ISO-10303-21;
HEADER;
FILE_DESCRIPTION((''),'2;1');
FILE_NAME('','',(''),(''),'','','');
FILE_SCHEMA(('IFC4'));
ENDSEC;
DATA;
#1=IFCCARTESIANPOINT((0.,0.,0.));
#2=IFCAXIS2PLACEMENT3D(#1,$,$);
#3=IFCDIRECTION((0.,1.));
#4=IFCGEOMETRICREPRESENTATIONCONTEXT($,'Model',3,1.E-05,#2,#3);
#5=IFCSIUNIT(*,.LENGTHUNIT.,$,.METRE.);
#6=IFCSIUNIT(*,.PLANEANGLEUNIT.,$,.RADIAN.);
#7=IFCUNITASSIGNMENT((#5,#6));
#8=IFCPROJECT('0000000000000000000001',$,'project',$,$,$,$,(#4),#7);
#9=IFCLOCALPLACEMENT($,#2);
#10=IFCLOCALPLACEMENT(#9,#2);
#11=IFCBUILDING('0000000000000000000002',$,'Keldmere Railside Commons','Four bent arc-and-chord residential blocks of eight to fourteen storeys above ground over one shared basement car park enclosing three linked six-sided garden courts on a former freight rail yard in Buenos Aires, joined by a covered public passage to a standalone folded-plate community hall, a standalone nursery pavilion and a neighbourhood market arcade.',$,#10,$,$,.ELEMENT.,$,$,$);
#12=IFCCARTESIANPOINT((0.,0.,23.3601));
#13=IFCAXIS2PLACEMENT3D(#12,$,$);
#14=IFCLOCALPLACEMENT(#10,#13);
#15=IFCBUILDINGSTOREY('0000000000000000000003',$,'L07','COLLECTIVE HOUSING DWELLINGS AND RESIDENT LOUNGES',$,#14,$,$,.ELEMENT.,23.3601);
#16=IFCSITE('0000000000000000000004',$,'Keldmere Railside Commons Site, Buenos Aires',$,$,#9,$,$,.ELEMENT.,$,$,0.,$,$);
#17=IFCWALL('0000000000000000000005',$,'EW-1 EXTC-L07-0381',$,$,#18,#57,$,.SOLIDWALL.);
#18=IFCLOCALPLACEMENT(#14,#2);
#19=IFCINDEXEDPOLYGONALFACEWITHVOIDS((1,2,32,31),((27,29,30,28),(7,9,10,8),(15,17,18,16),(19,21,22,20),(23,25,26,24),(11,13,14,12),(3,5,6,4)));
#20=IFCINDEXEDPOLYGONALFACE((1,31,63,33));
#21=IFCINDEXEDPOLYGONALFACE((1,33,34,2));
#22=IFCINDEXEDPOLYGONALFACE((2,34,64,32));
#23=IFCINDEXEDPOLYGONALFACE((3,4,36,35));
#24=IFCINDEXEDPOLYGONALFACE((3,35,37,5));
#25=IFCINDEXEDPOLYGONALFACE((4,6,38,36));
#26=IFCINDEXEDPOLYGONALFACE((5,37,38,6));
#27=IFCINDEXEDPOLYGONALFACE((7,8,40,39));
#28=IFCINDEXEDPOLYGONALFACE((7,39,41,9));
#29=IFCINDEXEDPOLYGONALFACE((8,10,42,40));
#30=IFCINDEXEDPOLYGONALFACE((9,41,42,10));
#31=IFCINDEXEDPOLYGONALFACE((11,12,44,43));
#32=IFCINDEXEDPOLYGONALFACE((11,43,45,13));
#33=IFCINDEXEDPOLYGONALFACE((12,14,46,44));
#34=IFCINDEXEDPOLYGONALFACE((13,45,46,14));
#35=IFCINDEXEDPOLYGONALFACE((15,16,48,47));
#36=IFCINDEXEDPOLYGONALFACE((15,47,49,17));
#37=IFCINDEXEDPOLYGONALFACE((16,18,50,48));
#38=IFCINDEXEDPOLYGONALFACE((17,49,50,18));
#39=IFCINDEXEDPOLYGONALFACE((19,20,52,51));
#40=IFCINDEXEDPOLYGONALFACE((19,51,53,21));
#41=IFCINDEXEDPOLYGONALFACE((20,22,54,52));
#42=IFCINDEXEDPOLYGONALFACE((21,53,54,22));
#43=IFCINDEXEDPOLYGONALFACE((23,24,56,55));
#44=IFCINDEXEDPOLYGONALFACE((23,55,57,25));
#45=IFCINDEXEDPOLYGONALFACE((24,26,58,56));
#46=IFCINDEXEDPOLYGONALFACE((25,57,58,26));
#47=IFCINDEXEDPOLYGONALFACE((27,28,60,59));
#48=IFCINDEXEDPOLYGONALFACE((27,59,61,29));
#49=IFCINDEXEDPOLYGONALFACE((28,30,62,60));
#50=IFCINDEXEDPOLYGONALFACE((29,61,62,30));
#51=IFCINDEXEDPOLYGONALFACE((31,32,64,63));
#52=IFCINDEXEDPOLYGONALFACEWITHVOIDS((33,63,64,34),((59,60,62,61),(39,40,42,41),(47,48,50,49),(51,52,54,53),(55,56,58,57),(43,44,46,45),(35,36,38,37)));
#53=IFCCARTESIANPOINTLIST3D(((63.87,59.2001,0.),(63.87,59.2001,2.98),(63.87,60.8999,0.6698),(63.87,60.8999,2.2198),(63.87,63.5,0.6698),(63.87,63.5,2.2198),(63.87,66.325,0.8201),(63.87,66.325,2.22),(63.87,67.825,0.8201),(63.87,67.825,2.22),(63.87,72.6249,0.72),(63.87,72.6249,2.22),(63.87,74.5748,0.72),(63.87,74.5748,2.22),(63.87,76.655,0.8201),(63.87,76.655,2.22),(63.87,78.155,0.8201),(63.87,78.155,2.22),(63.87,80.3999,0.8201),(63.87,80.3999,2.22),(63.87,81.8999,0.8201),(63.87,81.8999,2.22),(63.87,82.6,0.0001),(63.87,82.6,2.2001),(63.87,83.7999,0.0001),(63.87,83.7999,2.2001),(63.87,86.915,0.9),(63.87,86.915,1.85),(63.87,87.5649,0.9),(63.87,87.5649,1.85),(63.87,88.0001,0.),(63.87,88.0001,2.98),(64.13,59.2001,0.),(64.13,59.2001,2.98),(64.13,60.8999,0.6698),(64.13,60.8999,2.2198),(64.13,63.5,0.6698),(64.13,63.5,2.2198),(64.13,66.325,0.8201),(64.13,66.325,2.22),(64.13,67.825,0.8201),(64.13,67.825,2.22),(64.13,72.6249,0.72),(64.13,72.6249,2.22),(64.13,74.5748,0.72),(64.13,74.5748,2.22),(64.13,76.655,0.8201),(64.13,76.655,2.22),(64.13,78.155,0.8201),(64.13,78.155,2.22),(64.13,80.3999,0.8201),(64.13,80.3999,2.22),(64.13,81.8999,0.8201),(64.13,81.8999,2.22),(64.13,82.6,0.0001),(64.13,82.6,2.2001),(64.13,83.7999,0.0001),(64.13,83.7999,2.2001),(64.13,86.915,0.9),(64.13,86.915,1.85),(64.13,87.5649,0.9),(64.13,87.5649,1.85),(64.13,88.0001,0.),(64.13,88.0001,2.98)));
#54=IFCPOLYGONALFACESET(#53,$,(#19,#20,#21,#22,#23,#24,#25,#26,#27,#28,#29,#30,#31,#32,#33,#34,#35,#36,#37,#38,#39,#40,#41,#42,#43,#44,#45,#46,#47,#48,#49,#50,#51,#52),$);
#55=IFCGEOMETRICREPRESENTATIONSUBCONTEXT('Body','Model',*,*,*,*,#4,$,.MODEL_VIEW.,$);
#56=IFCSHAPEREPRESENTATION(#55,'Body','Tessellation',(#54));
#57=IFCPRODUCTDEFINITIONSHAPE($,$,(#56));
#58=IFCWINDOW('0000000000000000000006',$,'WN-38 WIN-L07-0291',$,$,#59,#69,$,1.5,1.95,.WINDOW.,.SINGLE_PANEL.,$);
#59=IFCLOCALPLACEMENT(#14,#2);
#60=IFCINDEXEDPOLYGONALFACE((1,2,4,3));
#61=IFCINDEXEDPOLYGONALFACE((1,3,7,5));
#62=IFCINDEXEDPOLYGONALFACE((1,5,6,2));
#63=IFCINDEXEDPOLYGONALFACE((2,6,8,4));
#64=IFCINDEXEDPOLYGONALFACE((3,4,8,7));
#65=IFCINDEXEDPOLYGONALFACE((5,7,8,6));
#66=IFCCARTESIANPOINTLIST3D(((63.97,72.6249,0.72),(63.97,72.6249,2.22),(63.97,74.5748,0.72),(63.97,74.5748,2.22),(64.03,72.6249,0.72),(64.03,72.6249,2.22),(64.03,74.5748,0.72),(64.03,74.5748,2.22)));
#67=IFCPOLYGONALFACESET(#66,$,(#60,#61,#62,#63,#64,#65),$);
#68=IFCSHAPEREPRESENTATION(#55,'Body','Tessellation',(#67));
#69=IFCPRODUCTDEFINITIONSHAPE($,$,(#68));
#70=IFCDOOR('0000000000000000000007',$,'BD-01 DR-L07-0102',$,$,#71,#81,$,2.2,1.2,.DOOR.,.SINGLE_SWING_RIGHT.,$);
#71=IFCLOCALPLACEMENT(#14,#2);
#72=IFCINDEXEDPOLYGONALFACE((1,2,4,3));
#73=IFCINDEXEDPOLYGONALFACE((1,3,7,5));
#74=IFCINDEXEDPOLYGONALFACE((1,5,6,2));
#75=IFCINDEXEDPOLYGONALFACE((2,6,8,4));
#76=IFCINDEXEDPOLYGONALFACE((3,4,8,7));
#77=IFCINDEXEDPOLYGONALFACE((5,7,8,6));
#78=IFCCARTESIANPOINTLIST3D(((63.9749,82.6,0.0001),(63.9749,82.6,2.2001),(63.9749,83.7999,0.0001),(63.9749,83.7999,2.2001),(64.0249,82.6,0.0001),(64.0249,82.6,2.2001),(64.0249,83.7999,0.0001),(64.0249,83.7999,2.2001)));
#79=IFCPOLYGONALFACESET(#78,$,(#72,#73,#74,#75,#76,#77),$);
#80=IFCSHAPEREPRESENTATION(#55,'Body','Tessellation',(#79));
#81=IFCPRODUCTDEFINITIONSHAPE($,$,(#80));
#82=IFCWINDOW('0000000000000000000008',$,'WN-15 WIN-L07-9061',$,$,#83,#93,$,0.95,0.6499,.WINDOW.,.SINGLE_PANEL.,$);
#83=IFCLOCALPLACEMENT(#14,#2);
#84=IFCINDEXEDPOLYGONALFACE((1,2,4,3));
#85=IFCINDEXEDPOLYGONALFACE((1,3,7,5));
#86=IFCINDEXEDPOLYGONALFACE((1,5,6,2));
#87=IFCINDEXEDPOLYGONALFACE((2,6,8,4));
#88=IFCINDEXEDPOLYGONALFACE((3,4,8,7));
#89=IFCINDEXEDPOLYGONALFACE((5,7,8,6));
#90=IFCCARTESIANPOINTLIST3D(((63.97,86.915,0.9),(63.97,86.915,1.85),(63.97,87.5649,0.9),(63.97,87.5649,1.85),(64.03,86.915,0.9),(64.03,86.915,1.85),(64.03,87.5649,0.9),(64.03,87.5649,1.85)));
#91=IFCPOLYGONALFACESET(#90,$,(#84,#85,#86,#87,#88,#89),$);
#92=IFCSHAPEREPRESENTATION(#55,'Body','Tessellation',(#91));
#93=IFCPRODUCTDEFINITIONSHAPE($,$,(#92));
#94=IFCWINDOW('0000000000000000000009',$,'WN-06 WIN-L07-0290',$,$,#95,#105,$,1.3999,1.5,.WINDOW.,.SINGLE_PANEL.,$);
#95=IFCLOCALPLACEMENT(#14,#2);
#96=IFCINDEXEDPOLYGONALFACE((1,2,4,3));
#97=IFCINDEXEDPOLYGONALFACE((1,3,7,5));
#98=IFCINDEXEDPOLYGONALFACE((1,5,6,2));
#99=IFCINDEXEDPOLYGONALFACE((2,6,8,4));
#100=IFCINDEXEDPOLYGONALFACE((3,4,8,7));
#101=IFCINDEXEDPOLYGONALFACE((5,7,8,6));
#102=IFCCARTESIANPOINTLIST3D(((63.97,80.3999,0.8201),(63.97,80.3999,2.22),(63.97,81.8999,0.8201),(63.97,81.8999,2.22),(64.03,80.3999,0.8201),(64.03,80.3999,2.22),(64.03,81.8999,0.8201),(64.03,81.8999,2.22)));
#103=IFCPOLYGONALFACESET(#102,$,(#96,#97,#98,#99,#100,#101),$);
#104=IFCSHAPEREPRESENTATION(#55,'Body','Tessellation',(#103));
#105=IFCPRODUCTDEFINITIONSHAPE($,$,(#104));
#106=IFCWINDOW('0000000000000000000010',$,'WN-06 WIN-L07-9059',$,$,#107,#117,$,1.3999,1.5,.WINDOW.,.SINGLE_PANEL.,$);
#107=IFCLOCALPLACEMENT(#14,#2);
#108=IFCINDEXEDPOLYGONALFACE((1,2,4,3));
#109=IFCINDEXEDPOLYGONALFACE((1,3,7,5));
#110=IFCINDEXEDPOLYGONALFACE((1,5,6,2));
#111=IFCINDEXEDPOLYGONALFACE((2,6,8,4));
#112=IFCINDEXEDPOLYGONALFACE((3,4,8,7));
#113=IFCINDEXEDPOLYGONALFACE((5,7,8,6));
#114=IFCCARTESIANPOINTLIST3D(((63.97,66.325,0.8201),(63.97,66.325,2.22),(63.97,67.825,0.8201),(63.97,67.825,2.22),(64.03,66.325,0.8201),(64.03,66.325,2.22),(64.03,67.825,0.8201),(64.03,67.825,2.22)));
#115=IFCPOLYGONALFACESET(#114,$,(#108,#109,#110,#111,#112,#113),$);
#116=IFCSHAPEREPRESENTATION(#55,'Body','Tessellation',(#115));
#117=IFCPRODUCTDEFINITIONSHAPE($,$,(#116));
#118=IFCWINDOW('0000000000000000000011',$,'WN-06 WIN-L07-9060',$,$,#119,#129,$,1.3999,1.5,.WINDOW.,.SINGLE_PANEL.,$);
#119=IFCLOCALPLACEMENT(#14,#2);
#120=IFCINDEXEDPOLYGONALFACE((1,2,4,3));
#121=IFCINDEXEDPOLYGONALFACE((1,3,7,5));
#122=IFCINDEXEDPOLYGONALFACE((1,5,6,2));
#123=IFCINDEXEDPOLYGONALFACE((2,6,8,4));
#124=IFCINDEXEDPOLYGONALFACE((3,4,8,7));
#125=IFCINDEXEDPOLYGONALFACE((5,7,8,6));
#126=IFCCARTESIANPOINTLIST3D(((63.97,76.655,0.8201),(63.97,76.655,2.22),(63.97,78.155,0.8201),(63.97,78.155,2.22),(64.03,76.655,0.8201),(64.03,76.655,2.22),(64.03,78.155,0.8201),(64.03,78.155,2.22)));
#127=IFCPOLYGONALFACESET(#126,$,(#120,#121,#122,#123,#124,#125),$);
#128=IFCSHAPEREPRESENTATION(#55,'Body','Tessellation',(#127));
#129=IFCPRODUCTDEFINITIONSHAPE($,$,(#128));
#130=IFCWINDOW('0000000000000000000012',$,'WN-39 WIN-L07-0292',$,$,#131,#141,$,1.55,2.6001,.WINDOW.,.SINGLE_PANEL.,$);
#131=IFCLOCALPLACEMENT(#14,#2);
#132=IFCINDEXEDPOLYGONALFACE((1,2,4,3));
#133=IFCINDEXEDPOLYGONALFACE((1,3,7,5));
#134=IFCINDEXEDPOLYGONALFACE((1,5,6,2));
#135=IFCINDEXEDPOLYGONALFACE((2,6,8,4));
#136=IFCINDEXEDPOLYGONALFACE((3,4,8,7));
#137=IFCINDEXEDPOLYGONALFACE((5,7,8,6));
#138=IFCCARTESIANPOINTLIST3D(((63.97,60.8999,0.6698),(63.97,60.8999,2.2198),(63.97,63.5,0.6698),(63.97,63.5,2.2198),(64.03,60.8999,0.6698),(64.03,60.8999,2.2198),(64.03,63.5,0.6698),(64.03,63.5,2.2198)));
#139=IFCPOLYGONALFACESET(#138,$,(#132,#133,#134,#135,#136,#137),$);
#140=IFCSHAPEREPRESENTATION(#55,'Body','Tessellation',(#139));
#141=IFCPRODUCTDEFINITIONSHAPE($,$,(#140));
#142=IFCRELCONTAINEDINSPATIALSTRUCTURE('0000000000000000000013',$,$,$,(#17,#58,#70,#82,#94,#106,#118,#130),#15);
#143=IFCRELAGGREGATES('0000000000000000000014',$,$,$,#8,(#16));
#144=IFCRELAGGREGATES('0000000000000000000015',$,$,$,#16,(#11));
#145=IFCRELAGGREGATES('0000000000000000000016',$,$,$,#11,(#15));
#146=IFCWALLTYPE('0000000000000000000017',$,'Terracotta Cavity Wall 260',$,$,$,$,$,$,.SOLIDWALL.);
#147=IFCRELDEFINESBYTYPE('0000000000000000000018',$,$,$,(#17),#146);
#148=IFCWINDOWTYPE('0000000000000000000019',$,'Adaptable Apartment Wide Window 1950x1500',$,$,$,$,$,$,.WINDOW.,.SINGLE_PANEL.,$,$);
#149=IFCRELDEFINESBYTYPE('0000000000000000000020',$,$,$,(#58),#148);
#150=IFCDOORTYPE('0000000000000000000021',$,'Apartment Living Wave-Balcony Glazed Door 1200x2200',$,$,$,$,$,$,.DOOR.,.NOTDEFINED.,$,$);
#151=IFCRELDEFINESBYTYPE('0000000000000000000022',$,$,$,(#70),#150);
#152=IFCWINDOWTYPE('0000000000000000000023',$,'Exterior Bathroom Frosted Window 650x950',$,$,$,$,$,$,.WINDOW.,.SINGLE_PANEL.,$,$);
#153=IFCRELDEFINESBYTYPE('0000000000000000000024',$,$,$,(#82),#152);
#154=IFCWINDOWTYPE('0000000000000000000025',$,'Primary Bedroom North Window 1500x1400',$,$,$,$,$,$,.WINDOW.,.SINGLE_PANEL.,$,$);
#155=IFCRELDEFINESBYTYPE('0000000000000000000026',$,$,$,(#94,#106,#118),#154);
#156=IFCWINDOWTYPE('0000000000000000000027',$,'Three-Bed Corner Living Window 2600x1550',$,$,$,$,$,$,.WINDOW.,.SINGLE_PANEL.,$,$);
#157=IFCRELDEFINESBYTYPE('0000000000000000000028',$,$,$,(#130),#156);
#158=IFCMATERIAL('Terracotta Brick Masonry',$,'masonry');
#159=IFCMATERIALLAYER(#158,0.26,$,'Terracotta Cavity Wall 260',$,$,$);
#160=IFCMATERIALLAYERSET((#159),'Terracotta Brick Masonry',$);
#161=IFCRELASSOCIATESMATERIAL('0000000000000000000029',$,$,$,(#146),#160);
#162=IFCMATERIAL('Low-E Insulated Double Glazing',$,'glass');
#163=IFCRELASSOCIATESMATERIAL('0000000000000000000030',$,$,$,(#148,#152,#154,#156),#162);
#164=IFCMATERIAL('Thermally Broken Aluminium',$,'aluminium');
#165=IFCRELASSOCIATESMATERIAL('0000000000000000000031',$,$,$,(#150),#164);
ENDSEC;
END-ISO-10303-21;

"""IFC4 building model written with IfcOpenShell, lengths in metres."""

from ifc_helpers import new_model, si_unit, direction, frame, frame_2d, origin, place, context, subcontext, project, spatial, rectangle, extrude, material, layer, layer_set, type_object, element, fill, save


model = new_model("IFC4")

# Units and contexts
model_context = context("Model", 3, precision=1e-05, world=origin(), true_north=direction((0.0, 1.0)))
body_context = subcontext(model_context, "Body", "Model", "MODEL_VIEW")
ifc_project = project(units=[si_unit("LENGTHUNIT", "METRE"), si_unit("PLANEANGLEUNIT", "RADIAN")], contexts=[model_context])

# Site, building, storey
site_placement = place(None, origin())
site = spatial("IfcSite", under=ifc_project, at=site_placement, Name="Keldmere Railside Commons Site, Buenos Aires", CompositionType="ELEMENT", RefElevation=0.0)
building_placement = place(site_placement, origin())
building = spatial("IfcBuilding", under=site, at=building_placement, Name="Keldmere Railside Commons", Description="Four bent arc-and-chord residential blocks of eight to fourteen storeys above ground over one shared basement car park enclosing three linked six-sided garden courts on a former freight rail yard in Buenos Aires, joined by a covered public passage to a standalone folded-plate community hall, a standalone nursery pavilion and a neighbourhood market arcade.", CompositionType="ELEMENT")
storey_placement = place(building_placement, frame((0.0, 0.0, 23.3601)))
storey = spatial("IfcBuildingStorey", under=building, at=storey_placement, Name="L07", Description="COLLECTIVE HOUSING DWELLINGS AND RESIDENT LOUNGES", CompositionType="ELEMENT", Elevation=23.3601)

# Shared definitions
ifc_material_1 = material(Name="Thermally Broken Aluminium", Category="aluminium")

# Wall, openings, windows, door
ifc_material_2 = material(Name="Terracotta Brick Masonry", Category="masonry")
ifc_layer_1 = layer(ifc_material_2, 0.26, Name="Terracotta Cavity Wall 260")
ifc_layer_set_1 = layer_set([ifc_layer_1], Name="Terracotta Brick Masonry")
wall_type = type_object("IfcWallType", Name="Terracotta Cavity Wall 260", PredefinedType="SOLIDWALL", material=ifc_layer_set_1)
wall_placement = place(storey_placement, frame((64.0, 88.0, 0.0), z_axis=(0.0, 0.0, 1.0), x_axis=(0.0, -1.0, 0.0)))
wall = element("IfcWall", 1, at=wall_placement, inside=storey, type_object=wall_type, Name="EW-1 EXTC-L07-0381", PredefinedType="SOLIDWALL", context=body_context, shape_type="SweptSolid", body=[
    extrude(rectangle(XDim=28.8, YDim=0.26, at=frame_2d((14.3999, 0.0))), origin(), (0.0, 0.0, 1.0), 2.98),
])
opening_1_placement = place(wall_placement, frame((4.2, 0.0, 0.0)))
opening_1 = element("IfcOpeningElement", 2, at=opening_1_placement, cuts=wall, PredefinedType="OPENING", context=body_context, shape_type="SweptSolid", body=[
    extrude(rectangle(XDim=1.2, YDim=2.2, at=frame_2d((0.6001, 1.1001))), frame((0.0, 0.1399, 0.0), z_axis=(0.0, -1.0, 0.0), x_axis=(1.0, 0.0, 0.0)), (0.0, 0.0, 1.0), 0.28),
])
opening_2_placement = place(wall_placement, frame((6.1001, 0.0, 0.8201)))
opening_2 = element("IfcOpeningElement", 3, at=opening_2_placement, cuts=wall, PredefinedType="OPENING", context=body_context, shape_type="SweptSolid", body=[
    extrude(rectangle(XDim=1.5, YDim=1.3999, at=frame_2d((0.75, 0.7))), frame((0.0, 0.1399, 0.0), z_axis=(0.0, -1.0, 0.0), x_axis=(1.0, 0.0, 0.0)), (0.0, 0.0, 1.0), 0.28),
])
opening_3_placement = place(wall_placement, frame((13.425, 0.0, 0.72)))
opening_3 = element("IfcOpeningElement", 4, at=opening_3_placement, cuts=wall, PredefinedType="OPENING", context=body_context, shape_type="SweptSolid", body=[
    extrude(rectangle(XDim=1.95, YDim=1.5, at=frame_2d((0.9751, 0.75))), frame((0.0, 0.1399, 0.0), z_axis=(0.0, -1.0, 0.0), x_axis=(1.0, 0.0, 0.0)), (0.0, 0.0, 1.0), 0.28),
])
opening_4_placement = place(wall_placement, frame((24.5, 0.0, 0.6699)))
opening_4 = element("IfcOpeningElement", 5, at=opening_4_placement, cuts=wall, PredefinedType="OPENING", context=body_context, shape_type="SweptSolid", body=[
    extrude(rectangle(XDim=2.6001, YDim=1.55, at=frame_2d((1.3, 0.7749))), frame((0.0, 0.1399, 0.0), z_axis=(0.0, -1.0, 0.0), x_axis=(1.0, 0.0, 0.0)), (0.0, 0.0, 1.0), 0.28),
])
opening_5_placement = place(wall_placement, frame((20.175, 0.0, 0.8201)))
opening_5 = element("IfcOpeningElement", 6, at=opening_5_placement, cuts=wall, PredefinedType="OPENING", context=body_context, shape_type="SweptSolid", body=[
    extrude(rectangle(XDim=1.5, YDim=1.3999, at=frame_2d((0.75, 0.7))), frame((0.0, 0.1399, 0.0), z_axis=(0.0, -1.0, 0.0), x_axis=(1.0, 0.0, 0.0)), (0.0, 0.0, 1.0), 0.28),
])
opening_6_placement = place(wall_placement, frame((9.845, 0.0, 0.8201)))
opening_6 = element("IfcOpeningElement", 7, at=opening_6_placement, cuts=wall, PredefinedType="OPENING", context=body_context, shape_type="SweptSolid", body=[
    extrude(rectangle(XDim=1.5, YDim=1.3999, at=frame_2d((0.75, 0.7))), frame((0.0, 0.1399, 0.0), z_axis=(0.0, -1.0, 0.0), x_axis=(1.0, 0.0, 0.0)), (0.0, 0.0, 1.0), 0.28),
])
opening_7_placement = place(wall_placement, frame((0.4351, 0.0, 0.8999)))
opening_7 = element("IfcOpeningElement", 8, at=opening_7_placement, cuts=wall, PredefinedType="OPENING", context=body_context, shape_type="SweptSolid", body=[
    extrude(rectangle(XDim=0.6499, YDim=0.95, at=frame_2d((0.325, 0.4751))), frame((0.0, 0.1399, 0.0), z_axis=(0.0, -1.0, 0.0), x_axis=(1.0, 0.0, 0.0)), (0.0, 0.0, 1.0), 0.28),
])
ifc_material_3 = material(Name="Low-E Insulated Double Glazing", Category="glass")
window_type_1 = type_object("IfcWindowType", Name="Adaptable Apartment Wide Window 1950x1500", PartitioningType="SINGLE_PANEL", PredefinedType="WINDOW", material=ifc_material_3)
window_1_placement = place(opening_3_placement, origin())
window_1 = element("IfcWindow", 9, at=window_1_placement, inside=storey, type_object=window_type_1, Name="WN-38 WIN-L07-0291", OverallHeight=1.5, OverallWidth=1.95, PartitioningType="SINGLE_PANEL", PredefinedType="WINDOW", context=body_context, shape_type="SweptSolid", body=[
    extrude(rectangle(XDim=1.95, YDim=1.5, at=frame_2d((0.9751, 0.75))), frame((0.0, 0.03, 0.0), z_axis=(0.0, -1.0, 0.0), x_axis=(1.0, 0.0, 0.0)), (0.0, 0.0, 1.0), 0.0601),
])
fill(opening_3, window_1)
door_type = type_object("IfcDoorType", Name="Apartment Living Wave-Balcony Glazed Door 1200x2200", OperationType="NOTDEFINED", PredefinedType="DOOR", material=ifc_material_1)
door_placement = place(opening_1_placement, origin())
door = element("IfcDoor", 10, at=door_placement, inside=storey, type_object=door_type, Name="BD-01 DR-L07-0102", OperationType="SINGLE_SWING_RIGHT", OverallHeight=2.2, OverallWidth=1.2, PredefinedType="DOOR", context=body_context, shape_type="SweptSolid", body=[
    extrude(rectangle(XDim=1.2, YDim=2.2, at=frame_2d((0.6001, 1.1001))), frame((0.0, 0.0249, 0.0), z_axis=(0.0, -1.0, 0.0), x_axis=(1.0, 0.0, 0.0)), (0.0, 0.0, 1.0), 0.05),
])
fill(opening_1, door)
window_type_2 = type_object("IfcWindowType", Name="Exterior Bathroom Frosted Window 650x950", PartitioningType="SINGLE_PANEL", PredefinedType="WINDOW", material=ifc_material_3)
window_2_placement = place(opening_7_placement, origin())
window_2 = element("IfcWindow", 11, at=window_2_placement, inside=storey, type_object=window_type_2, Name="WN-15 WIN-L07-9061", OverallHeight=0.95, OverallWidth=0.6499, PartitioningType="SINGLE_PANEL", PredefinedType="WINDOW", context=body_context, shape_type="SweptSolid", body=[
    extrude(rectangle(XDim=0.6499, YDim=0.95, at=frame_2d((0.325, 0.4751))), frame((0.0, 0.03, 0.0), z_axis=(0.0, -1.0, 0.0), x_axis=(1.0, 0.0, 0.0)), (0.0, 0.0, 1.0), 0.0601),
])
fill(opening_7, window_2)
window_type_3 = type_object("IfcWindowType", Name="Primary Bedroom North Window 1500x1400", PartitioningType="SINGLE_PANEL", PredefinedType="WINDOW", material=ifc_material_3)
window_3_placement = place(opening_2_placement, origin())
window_3 = element("IfcWindow", 12, at=window_3_placement, inside=storey, type_object=window_type_3, Name="WN-06 WIN-L07-0290", OverallHeight=1.3999, OverallWidth=1.5, PartitioningType="SINGLE_PANEL", PredefinedType="WINDOW", context=body_context, shape_type="SweptSolid", body=[
    extrude(rectangle(XDim=1.5, YDim=1.3999, at=frame_2d((0.75, 0.7))), frame((0.0, 0.03, 0.0), z_axis=(0.0, -1.0, 0.0), x_axis=(1.0, 0.0, 0.0)), (0.0, 0.0, 1.0), 0.0601),
])
fill(opening_2, window_3)
window_4_placement = place(opening_5_placement, origin())
window_4 = element("IfcWindow", 13, at=window_4_placement, inside=storey, type_object=window_type_3, Name="WN-06 WIN-L07-9059", OverallHeight=1.3999, OverallWidth=1.5, PartitioningType="SINGLE_PANEL", PredefinedType="WINDOW", context=body_context, shape_type="SweptSolid", body=[
    extrude(rectangle(XDim=1.5, YDim=1.3999, at=frame_2d((0.75, 0.7))), frame((0.0, 0.03, 0.0), z_axis=(0.0, -1.0, 0.0), x_axis=(1.0, 0.0, 0.0)), (0.0, 0.0, 1.0), 0.0601),
])
fill(opening_5, window_4)
window_5_placement = place(opening_6_placement, origin())
window_5 = element("IfcWindow", 14, at=window_5_placement, inside=storey, type_object=window_type_3, Name="WN-06 WIN-L07-9060", OverallHeight=1.3999, OverallWidth=1.5, PartitioningType="SINGLE_PANEL", PredefinedType="WINDOW", context=body_context, shape_type="SweptSolid", body=[
    extrude(rectangle(XDim=1.5, YDim=1.3999, at=frame_2d((0.75, 0.7))), frame((0.0, 0.03, 0.0), z_axis=(0.0, -1.0, 0.0), x_axis=(1.0, 0.0, 0.0)), (0.0, 0.0, 1.0), 0.0601),
])
fill(opening_6, window_5)
window_type_4 = type_object("IfcWindowType", Name="Three-Bed Corner Living Window 2600x1550", PartitioningType="SINGLE_PANEL", PredefinedType="WINDOW", material=ifc_material_3)
window_6_placement = place(opening_4_placement, origin())
window_6 = element("IfcWindow", 15, at=window_6_placement, inside=storey, type_object=window_type_4, Name="WN-39 WIN-L07-0292", OverallHeight=1.55, OverallWidth=2.6001, PartitioningType="SINGLE_PANEL", PredefinedType="WINDOW", context=body_context, shape_type="SweptSolid", body=[
    extrude(rectangle(XDim=2.6001, YDim=1.55, at=frame_2d((1.3, 0.7749))), frame((0.0, 0.03, 0.0), z_axis=(0.0, -1.0, 0.0), x_axis=(1.0, 0.0, 0.0)), (0.0, 0.0, 1.0), 0.0601),
])
fill(opening_4, window_6)

save(model, "model.ifc")
